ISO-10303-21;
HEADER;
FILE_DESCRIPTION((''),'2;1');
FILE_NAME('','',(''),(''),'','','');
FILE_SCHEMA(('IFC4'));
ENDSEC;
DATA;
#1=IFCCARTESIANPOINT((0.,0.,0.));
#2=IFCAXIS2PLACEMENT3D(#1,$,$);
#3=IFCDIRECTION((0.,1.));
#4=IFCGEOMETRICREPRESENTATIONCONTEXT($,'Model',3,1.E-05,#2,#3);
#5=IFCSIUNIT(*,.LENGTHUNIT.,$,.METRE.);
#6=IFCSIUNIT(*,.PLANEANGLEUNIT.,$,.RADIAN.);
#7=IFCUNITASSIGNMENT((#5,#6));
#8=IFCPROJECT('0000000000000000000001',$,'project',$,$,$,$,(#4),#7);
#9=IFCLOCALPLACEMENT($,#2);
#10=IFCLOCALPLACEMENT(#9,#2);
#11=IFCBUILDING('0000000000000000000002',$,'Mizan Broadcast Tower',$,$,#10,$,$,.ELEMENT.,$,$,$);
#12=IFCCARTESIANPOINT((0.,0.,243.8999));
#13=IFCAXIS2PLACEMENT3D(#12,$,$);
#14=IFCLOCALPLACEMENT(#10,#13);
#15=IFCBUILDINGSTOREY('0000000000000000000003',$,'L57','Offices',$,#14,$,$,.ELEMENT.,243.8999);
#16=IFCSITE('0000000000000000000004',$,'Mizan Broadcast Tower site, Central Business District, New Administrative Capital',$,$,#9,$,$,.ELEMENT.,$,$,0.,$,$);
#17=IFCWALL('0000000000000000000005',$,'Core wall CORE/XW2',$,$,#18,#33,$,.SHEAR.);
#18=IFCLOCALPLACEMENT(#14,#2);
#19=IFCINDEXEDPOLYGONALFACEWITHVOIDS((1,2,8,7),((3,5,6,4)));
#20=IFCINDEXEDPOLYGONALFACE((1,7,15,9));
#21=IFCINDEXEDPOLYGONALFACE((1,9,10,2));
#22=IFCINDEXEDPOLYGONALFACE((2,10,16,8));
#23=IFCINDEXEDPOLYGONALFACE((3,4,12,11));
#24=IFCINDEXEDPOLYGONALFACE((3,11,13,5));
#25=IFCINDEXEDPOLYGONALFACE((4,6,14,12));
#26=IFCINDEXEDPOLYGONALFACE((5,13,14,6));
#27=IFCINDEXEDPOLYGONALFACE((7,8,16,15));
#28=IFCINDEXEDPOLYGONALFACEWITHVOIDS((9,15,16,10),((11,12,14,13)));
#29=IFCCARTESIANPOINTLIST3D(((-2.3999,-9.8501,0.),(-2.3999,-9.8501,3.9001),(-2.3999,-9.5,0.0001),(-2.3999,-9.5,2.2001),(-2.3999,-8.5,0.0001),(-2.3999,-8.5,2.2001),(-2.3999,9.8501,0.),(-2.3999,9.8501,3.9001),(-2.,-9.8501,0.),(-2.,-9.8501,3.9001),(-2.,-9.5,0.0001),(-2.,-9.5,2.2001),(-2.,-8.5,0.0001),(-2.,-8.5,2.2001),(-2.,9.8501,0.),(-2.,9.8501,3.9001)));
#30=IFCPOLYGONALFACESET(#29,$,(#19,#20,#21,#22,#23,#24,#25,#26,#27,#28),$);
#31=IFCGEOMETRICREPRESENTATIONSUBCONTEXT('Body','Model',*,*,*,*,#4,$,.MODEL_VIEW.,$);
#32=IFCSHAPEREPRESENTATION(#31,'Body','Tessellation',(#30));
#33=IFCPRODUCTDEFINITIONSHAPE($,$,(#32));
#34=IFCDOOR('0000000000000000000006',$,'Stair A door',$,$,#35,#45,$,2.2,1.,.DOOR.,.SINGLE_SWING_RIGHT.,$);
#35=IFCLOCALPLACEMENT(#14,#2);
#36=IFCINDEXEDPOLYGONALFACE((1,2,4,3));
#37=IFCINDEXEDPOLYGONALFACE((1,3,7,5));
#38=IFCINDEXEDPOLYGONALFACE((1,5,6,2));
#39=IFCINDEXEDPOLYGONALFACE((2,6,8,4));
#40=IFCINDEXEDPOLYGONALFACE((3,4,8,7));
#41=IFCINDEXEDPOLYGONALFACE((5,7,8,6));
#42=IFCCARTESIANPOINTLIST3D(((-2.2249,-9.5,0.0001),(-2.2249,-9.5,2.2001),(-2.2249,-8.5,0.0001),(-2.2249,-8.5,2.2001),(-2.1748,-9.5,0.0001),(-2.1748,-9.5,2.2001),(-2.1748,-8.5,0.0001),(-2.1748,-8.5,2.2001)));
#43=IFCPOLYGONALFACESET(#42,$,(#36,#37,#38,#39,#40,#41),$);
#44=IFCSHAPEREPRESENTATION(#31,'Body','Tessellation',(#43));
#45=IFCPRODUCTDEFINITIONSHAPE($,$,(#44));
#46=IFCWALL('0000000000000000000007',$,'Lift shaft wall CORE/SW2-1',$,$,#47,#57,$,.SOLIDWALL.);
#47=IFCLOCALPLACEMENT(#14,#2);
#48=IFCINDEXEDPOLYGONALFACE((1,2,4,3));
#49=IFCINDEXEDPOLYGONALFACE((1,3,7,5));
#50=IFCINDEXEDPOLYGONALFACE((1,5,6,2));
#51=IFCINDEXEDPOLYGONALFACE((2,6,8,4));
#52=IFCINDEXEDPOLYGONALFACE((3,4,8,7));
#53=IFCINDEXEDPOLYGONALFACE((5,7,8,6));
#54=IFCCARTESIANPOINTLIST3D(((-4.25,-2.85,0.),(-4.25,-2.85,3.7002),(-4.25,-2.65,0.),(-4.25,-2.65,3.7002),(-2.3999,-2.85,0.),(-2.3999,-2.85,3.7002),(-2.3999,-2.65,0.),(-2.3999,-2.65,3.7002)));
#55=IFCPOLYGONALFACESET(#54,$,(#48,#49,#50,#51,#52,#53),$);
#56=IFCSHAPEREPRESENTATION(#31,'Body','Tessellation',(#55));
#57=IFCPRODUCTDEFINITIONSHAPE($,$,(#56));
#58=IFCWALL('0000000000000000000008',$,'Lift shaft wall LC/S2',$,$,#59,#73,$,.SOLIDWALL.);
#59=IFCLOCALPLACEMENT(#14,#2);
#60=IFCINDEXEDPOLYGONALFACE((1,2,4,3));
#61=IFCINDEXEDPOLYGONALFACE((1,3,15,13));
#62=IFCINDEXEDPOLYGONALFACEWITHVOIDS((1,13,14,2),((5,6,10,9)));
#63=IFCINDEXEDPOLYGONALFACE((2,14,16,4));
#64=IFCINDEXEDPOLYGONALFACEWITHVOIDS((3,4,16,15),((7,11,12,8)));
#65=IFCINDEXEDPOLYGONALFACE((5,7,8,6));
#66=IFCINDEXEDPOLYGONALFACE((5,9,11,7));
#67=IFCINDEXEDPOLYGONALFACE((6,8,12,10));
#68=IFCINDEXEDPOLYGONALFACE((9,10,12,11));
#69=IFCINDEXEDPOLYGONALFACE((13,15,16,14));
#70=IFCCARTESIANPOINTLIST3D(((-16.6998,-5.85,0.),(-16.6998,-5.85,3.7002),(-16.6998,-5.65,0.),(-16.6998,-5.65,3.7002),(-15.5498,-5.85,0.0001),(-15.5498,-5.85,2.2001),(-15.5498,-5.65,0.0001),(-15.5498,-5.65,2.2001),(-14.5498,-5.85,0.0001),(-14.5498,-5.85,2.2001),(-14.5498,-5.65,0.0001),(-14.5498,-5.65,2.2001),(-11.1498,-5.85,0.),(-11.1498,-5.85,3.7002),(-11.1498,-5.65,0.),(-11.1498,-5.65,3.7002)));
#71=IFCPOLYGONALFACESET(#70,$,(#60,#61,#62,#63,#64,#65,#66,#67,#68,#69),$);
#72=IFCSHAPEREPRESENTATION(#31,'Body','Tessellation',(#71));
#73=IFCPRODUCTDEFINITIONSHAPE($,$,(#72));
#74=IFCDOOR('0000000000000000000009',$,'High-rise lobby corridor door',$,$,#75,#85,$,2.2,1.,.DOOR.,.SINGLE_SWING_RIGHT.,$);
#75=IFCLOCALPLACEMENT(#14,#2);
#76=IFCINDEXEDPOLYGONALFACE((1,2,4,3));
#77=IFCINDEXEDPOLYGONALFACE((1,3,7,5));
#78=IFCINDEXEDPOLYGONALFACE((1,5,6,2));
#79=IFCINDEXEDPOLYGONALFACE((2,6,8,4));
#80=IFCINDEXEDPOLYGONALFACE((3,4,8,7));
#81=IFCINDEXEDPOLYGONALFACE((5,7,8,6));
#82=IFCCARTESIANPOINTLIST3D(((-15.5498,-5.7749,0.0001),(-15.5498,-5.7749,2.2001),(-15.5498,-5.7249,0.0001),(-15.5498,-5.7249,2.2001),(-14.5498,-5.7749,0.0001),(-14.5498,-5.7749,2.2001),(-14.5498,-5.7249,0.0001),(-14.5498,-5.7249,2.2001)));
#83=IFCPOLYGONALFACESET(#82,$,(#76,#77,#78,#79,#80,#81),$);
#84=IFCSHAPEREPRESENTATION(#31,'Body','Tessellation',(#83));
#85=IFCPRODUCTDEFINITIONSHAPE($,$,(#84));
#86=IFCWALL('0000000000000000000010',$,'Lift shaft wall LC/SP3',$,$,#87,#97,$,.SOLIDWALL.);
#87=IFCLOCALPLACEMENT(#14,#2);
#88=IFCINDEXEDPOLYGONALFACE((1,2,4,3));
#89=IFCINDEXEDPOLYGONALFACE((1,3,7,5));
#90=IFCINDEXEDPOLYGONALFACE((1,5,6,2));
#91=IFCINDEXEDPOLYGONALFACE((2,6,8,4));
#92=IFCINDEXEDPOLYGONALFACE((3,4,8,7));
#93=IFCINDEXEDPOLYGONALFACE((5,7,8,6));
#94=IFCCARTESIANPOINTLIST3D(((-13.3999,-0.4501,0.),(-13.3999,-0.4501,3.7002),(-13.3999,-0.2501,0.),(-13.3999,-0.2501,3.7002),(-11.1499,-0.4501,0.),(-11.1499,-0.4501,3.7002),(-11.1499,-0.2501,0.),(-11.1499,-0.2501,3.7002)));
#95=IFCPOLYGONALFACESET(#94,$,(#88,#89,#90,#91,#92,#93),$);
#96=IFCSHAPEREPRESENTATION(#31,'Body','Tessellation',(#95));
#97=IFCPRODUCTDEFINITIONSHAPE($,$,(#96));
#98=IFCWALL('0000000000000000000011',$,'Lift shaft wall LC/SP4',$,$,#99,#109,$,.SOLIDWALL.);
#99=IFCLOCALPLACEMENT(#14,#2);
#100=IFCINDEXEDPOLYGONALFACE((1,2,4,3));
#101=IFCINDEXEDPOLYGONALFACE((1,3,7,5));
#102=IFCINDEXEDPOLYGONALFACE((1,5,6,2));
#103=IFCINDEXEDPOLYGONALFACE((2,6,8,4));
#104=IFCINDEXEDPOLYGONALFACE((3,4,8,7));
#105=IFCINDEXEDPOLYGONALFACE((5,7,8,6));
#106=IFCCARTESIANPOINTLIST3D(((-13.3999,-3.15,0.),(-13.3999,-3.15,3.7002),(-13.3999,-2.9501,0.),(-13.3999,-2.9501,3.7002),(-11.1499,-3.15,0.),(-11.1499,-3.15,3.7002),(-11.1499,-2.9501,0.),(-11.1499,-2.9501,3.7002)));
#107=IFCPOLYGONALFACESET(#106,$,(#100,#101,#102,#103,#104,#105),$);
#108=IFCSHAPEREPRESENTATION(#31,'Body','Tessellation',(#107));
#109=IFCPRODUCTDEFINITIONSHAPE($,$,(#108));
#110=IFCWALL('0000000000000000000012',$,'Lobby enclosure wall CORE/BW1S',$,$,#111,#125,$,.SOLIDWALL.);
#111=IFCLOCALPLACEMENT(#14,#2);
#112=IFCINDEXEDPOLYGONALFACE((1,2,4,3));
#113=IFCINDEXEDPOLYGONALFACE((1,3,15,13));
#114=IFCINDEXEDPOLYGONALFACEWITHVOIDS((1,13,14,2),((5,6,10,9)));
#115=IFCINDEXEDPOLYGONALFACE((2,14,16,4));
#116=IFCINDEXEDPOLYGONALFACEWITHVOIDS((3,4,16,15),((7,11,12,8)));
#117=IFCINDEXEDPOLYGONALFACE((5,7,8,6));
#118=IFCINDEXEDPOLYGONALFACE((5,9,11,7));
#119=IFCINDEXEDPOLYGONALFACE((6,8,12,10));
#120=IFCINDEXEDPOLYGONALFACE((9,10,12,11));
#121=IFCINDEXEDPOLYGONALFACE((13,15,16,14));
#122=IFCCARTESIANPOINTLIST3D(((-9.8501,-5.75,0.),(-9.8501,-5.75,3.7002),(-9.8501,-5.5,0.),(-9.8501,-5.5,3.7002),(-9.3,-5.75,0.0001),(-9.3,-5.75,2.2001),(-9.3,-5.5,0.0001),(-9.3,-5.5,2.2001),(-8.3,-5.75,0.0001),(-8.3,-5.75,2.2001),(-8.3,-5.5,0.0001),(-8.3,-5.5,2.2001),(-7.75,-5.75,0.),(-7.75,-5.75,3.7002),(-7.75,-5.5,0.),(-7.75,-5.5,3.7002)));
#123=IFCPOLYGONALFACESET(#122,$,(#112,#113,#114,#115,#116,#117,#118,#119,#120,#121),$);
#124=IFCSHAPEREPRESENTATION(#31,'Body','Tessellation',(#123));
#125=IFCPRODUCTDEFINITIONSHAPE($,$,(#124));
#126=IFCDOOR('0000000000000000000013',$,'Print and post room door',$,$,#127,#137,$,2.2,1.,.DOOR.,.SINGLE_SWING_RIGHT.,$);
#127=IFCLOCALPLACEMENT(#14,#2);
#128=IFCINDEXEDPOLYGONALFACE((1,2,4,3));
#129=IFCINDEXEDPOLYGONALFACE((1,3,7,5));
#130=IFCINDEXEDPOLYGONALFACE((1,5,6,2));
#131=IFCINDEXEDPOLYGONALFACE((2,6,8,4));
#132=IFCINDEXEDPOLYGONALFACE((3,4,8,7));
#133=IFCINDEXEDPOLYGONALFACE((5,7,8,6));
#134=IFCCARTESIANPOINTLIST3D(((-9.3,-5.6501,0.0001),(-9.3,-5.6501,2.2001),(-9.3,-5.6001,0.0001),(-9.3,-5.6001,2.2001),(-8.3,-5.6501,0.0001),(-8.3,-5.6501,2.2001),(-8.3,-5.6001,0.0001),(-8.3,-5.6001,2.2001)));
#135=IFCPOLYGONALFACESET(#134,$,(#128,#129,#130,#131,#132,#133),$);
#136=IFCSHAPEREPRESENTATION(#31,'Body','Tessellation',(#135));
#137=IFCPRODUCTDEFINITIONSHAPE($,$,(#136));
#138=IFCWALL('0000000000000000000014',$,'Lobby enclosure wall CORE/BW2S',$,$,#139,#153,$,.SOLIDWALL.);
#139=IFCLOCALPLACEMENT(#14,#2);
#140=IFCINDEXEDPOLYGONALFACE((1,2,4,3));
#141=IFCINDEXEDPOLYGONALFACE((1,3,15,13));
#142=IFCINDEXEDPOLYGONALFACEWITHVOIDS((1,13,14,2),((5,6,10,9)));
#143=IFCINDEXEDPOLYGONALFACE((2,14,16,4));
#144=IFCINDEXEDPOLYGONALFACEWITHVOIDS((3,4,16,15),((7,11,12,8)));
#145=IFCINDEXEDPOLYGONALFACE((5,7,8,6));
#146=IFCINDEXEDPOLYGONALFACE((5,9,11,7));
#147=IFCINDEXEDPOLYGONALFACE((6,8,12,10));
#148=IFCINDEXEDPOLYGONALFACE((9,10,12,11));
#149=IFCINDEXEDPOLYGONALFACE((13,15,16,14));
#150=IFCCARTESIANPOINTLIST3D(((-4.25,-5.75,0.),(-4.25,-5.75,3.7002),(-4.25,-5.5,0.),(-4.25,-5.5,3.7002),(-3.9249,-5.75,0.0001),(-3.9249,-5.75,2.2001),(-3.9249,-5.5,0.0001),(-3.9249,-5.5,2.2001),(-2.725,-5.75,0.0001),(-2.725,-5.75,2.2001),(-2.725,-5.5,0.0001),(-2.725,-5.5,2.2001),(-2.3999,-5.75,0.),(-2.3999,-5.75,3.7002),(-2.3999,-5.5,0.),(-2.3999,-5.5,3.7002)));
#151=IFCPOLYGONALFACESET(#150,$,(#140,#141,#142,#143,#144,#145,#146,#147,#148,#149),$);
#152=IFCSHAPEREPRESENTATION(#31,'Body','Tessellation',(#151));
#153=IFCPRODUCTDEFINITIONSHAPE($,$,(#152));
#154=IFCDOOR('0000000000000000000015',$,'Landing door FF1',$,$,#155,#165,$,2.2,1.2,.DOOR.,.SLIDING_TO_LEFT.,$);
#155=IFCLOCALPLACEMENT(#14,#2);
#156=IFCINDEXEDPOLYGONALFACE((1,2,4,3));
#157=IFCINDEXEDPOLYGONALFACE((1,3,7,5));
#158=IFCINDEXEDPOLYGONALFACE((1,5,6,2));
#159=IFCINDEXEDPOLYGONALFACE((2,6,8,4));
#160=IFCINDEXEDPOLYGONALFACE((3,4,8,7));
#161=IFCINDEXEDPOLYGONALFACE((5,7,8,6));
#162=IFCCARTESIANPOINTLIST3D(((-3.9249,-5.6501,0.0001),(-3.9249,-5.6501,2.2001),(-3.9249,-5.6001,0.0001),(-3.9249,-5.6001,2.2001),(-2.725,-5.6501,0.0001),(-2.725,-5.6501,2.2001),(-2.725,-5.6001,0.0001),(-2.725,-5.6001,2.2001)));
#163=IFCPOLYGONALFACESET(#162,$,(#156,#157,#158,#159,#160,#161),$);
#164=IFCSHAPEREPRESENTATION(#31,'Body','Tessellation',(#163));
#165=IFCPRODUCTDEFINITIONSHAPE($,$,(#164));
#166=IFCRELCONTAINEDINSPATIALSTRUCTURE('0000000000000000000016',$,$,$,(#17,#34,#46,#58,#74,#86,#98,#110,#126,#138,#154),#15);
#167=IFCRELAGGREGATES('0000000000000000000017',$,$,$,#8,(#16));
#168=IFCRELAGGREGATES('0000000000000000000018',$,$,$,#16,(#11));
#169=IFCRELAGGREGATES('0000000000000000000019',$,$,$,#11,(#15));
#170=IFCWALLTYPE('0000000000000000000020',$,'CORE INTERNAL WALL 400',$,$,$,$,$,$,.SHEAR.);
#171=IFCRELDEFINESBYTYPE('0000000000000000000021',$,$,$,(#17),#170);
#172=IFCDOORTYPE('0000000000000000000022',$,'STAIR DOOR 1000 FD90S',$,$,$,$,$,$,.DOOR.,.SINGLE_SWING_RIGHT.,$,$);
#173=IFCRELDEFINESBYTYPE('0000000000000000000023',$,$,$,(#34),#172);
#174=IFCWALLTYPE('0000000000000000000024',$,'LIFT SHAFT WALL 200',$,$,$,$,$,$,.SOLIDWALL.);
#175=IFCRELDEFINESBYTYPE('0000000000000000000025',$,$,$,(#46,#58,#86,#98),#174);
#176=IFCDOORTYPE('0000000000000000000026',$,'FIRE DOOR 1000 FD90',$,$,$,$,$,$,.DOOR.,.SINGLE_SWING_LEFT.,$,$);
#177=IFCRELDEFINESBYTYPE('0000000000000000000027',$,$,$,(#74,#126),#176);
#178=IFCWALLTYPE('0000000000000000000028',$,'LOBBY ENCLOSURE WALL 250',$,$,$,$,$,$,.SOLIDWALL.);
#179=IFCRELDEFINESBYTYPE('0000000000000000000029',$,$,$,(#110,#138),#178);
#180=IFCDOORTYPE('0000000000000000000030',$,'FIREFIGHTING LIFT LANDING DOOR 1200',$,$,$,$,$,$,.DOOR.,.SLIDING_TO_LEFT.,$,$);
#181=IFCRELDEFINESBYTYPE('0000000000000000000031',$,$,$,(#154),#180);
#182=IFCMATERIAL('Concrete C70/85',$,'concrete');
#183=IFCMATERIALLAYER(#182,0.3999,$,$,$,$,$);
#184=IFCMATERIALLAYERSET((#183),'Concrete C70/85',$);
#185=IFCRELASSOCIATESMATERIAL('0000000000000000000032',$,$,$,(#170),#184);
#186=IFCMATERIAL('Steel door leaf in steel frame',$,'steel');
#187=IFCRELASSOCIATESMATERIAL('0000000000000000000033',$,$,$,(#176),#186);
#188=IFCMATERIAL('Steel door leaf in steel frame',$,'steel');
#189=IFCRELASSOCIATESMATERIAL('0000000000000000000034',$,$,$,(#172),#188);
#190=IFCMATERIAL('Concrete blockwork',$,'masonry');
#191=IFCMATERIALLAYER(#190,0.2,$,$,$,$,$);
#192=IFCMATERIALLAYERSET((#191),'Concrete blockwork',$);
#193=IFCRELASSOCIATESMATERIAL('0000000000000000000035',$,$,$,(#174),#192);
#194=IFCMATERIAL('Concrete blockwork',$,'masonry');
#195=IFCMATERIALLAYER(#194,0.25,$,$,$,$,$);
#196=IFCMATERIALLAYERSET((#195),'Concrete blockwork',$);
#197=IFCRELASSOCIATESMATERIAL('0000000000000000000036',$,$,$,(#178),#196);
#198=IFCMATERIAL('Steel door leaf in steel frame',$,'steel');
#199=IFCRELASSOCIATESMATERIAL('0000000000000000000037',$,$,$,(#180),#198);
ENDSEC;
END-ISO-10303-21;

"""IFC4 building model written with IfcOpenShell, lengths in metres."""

from ifc_helpers import new_model, si_unit, direction, frame, frame_2d, origin, place, context, subcontext, project, spatial, rectangle, extrude, material, layer, layer_set, type_object, element, fill, save


model = new_model("IFC4")

# Units and contexts
model_context = context("Model", 3, precision=1e-05, world=origin(), true_north=direction((0.0, 1.0)))
body_context = subcontext(model_context, "Body", "Model", "MODEL_VIEW")
ifc_project = project(units=[si_unit("LENGTHUNIT", "METRE"), si_unit("PLANEANGLEUNIT", "RADIAN")], contexts=[model_context])

# Site, building, storey
site_placement = place(None, origin())
site = spatial("IfcSite", under=ifc_project, at=site_placement, Name="Mizan Broadcast Tower site, Central Business District, New Administrative Capital", CompositionType="ELEMENT", RefElevation=0.0)
building_placement = place(site_placement, origin())
building = spatial("IfcBuilding", under=site, at=building_placement, Name="Mizan Broadcast Tower", CompositionType="ELEMENT")
storey_placement = place(building_placement, frame((0.0, 0.0, 243.8999)))
storey = spatial("IfcBuildingStorey", under=building, at=storey_placement, Name="L57", Description="Offices", CompositionType="ELEMENT", Elevation=243.8999)

# Shared definitions
ifc_material_1 = material(Name="Concrete C70/85", Category="concrete")
ifc_layer_1 = layer(ifc_material_1, 0.3999)
ifc_layer_set_1 = layer_set([ifc_layer_1], Name="Concrete C70/85")
wall_type_1 = type_object("IfcWallType", Name="CORE INTERNAL WALL 400", PredefinedType="SHEAR", material=ifc_layer_set_1)
ifc_material_2 = material(Name="Steel door leaf in steel frame", Category="steel")
door_type_1 = type_object("IfcDoorType", Name="FIRE DOOR 1000 FD90", OperationType="SINGLE_SWING_LEFT", PredefinedType="DOOR", material=ifc_material_2)

# Wall, opening, door
wall_1_placement = place(storey_placement, frame((-2.2, -9.8501, 0.0), z_axis=(0.0, 0.0, 1.0), x_axis=(0.0, 1.0, 0.0)))
wall_1 = element("IfcWall", 1, at=wall_1_placement, inside=storey, type_object=wall_type_1, Name="Core wall CORE/XW2", PredefinedType="SHEAR", context=body_context, shape_type="SweptSolid", body=[
    extrude(rectangle(XDim=19.7002, YDim=0.3999, at=frame_2d((9.8501, 0.0))), origin(), (0.0, 0.0, 1.0), 3.9001),
])
opening_1_placement = place(wall_1_placement, frame((0.3501, 0.0, 0.0)))
opening_1 = element("IfcOpeningElement", 2, at=opening_1_placement, cuts=wall_1, PredefinedType="OPENING", context=body_context, shape_type="SweptSolid", body=[
    extrude(rectangle(XDim=1.0, YDim=2.2, at=frame_2d((0.5, 1.1001))), frame((0.0, 0.21, 0.0), z_axis=(0.0, -1.0, 0.0), x_axis=(1.0, 0.0, 0.0)), (0.0, 0.0, 1.0), 0.4199),
])
ifc_material_3 = material(Name="Steel door leaf in steel frame", Category="steel")
door_type_2 = type_object("IfcDoorType", Name="STAIR DOOR 1000 FD90S", OperationType="SINGLE_SWING_RIGHT", PredefinedType="DOOR", material=ifc_material_3)
door_1_placement = place(opening_1_placement, origin())
door_1 = element("IfcDoor", 3, at=door_1_placement, inside=storey, type_object=door_type_2, Name="Stair A door", OperationType="SINGLE_SWING_RIGHT", OverallHeight=2.2, OverallWidth=1.0, PredefinedType="DOOR", context=body_context, shape_type="SweptSolid", body=[
    extrude(rectangle(XDim=1.0, YDim=2.2, at=frame_2d((0.5, 1.1001))), frame((0.0, 0.0249, 0.0), z_axis=(0.0, -1.0, 0.0), x_axis=(1.0, 0.0, 0.0)), (0.0, 0.0, 1.0), 0.05),
])
fill(opening_1, door_1)

# Wall
ifc_material_4 = material(Name="Concrete blockwork", Category="masonry")
ifc_layer_2 = layer(ifc_material_4, 0.2)
ifc_layer_set_2 = layer_set([ifc_layer_2], Name="Concrete blockwork")
wall_type_2 = type_object("IfcWallType", Name="LIFT SHAFT WALL 200", PredefinedType="SOLIDWALL", material=ifc_layer_set_2)
wall_2_placement = place(storey_placement, frame((-4.25, -2.75, 0.0), z_axis=(0.0, 0.0, 1.0), x_axis=(1.0, 0.0, 0.0)))
element("IfcWall", 4, at=wall_2_placement, inside=storey, type_object=wall_type_2, Name="Lift shaft wall CORE/SW2-1", PredefinedType="SOLIDWALL", context=body_context, shape_type="SweptSolid", body=[
    extrude(rectangle(XDim=1.8501, YDim=0.2, at=frame_2d((0.925, 0.0))), origin(), (0.0, 0.0, 1.0), 3.7002),
])

# Wall, opening, door
wall_3_placement = place(storey_placement, frame((-11.1499, -5.75, 0.0), z_axis=(0.0, 0.0, 1.0), x_axis=(-1.0, 0.0, 0.0)))
wall_3 = element("IfcWall", 5, at=wall_3_placement, inside=storey, type_object=wall_type_2, Name="Lift shaft wall LC/S2", PredefinedType="SOLIDWALL", context=body_context, shape_type="SweptSolid", body=[
    extrude(rectangle(XDim=5.55, YDim=0.2, at=frame_2d((2.7749, 0.0))), origin(), (0.0, 0.0, 1.0), 3.7002),
])
opening_2_placement = place(wall_3_placement, frame((3.3999, 0.0, 0.0)))
opening_2 = element("IfcOpeningElement", 6, at=opening_2_placement, cuts=wall_3, PredefinedType="OPENING", context=body_context, shape_type="SweptSolid", body=[
    extrude(rectangle(XDim=1.0, YDim=2.2, at=frame_2d((0.5, 1.1001))), frame((0.0, 0.1099, 0.0), z_axis=(0.0, -1.0, 0.0), x_axis=(1.0, 0.0, 0.0)), (0.0, 0.0, 1.0), 0.22),
])
door_2_placement = place(opening_2_placement, origin())
door_2 = element("IfcDoor", 7, at=door_2_placement, inside=storey, type_object=door_type_1, Name="High-rise lobby corridor door", OperationType="SINGLE_SWING_RIGHT", OverallHeight=2.2, OverallWidth=1.0, PredefinedType="DOOR", context=body_context, shape_type="SweptSolid", body=[
    extrude(rectangle(XDim=1.0, YDim=2.2, at=frame_2d((0.5, 1.1001))), frame((0.0, 0.0249, 0.0), z_axis=(0.0, -1.0, 0.0), x_axis=(1.0, 0.0, 0.0)), (0.0, 0.0, 1.0), 0.05),
])
fill(opening_2, door_2)

# Walls
for number, where, z_axis, x_axis, name in (
    (8, (-11.1499, -0.3501, 0.0), (0.0, 0.0, 1.0), (-1.0, 0.0, 0.0), "Lift shaft wall LC/SP3"),
    (9, (-11.1499, -3.05, 0.0), (0.0, 0.0, 1.0), (-1.0, 0.0, 0.0), "Lift shaft wall LC/SP4"),
):
    element("IfcWall", number, at=place(storey_placement, frame(where, z_axis=z_axis, x_axis=x_axis)), inside=storey, type_object=wall_type_2, Name=name, PredefinedType="SOLIDWALL", context=body_context, shape_type="SweptSolid", body=[
        extrude(rectangle(XDim=2.25, YDim=0.2, at=frame_2d((1.125, 0.0))), origin(), (0.0, 0.0, 1.0), 3.7002),
    ])

# Walls, openings, doors
ifc_material_5 = material(Name="Concrete blockwork", Category="masonry")
ifc_layer_3 = layer(ifc_material_5, 0.25)
ifc_layer_set_3 = layer_set([ifc_layer_3], Name="Concrete blockwork")
wall_type_3 = type_object("IfcWallType", Name="LOBBY ENCLOSURE WALL 250", PredefinedType="SOLIDWALL", material=ifc_layer_set_3)
wall_4_placement = place(storey_placement, frame((-9.8501, -5.625, 0.0), z_axis=(0.0, 0.0, 1.0), x_axis=(1.0, 0.0, 0.0)))
wall_4 = element("IfcWall", 10, at=wall_4_placement, inside=storey, type_object=wall_type_3, Name="Lobby enclosure wall CORE/BW1S", PredefinedType="SOLIDWALL", context=body_context, shape_type="SweptSolid", body=[
    extrude(rectangle(XDim=2.1001, YDim=0.25, at=frame_2d((1.05, 0.0))), origin(), (0.0, 0.0, 1.0), 3.7002),
])
opening_3_placement = place(wall_4_placement, frame((0.55, 0.0, 0.0)))
opening_3 = element("IfcOpeningElement", 11, at=opening_3_placement, cuts=wall_4, PredefinedType="OPENING", context=body_context, shape_type="SweptSolid", body=[
    extrude(rectangle(XDim=1.0, YDim=2.2, at=frame_2d((0.5, 1.1001))), frame((0.0, 0.135, 0.0), z_axis=(0.0, -1.0, 0.0), x_axis=(1.0, 0.0, 0.0)), (0.0, 0.0, 1.0), 0.27),
])
door_3_placement = place(opening_3_placement, origin())
door_3 = element("IfcDoor", 12, at=door_3_placement, inside=storey, type_object=door_type_1, Name="Print and post room door", OperationType="SINGLE_SWING_RIGHT", OverallHeight=2.2, OverallWidth=1.0, PredefinedType="DOOR", context=body_context, shape_type="SweptSolid", body=[
    extrude(rectangle(XDim=1.0, YDim=2.2, at=frame_2d((0.5, 1.1001))), frame((0.0, 0.0249, 0.0), z_axis=(0.0, -1.0, 0.0), x_axis=(1.0, 0.0, 0.0)), (0.0, 0.0, 1.0), 0.05),
])
fill(opening_3, door_3)
wall_5_placement = place(storey_placement, frame((-4.25, -5.625, 0.0), z_axis=(0.0, 0.0, 1.0), x_axis=(1.0, 0.0, 0.0)))
wall_5 = element("IfcWall", 13, at=wall_5_placement, inside=storey, type_object=wall_type_3, Name="Lobby enclosure wall CORE/BW2S", PredefinedType="SOLIDWALL", context=body_context, shape_type="SweptSolid", body=[
    extrude(rectangle(XDim=1.8501, YDim=0.25, at=frame_2d((0.925, 0.0))), origin(), (0.0, 0.0, 1.0), 3.7002),
])
opening_4_placement = place(wall_5_placement, frame((0.325, 0.0, 0.0)))
opening_4 = element("IfcOpeningElement", 14, at=opening_4_placement, cuts=wall_5, PredefinedType="OPENING", context=body_context, shape_type="SweptSolid", body=[
    extrude(rectangle(XDim=1.2, YDim=2.2, at=frame_2d((0.6001, 1.1001))), frame((0.0, 0.135, 0.0), z_axis=(0.0, -1.0, 0.0), x_axis=(1.0, 0.0, 0.0)), (0.0, 0.0, 1.0), 0.27),
])
ifc_material_6 = material(Name="Steel door leaf in steel frame", Category="steel")
door_type_3 = type_object("IfcDoorType", Name="FIREFIGHTING LIFT LANDING DOOR 1200", OperationType="SLIDING_TO_LEFT", PredefinedType="DOOR", material=ifc_material_6)
door_4_placement = place(opening_4_placement, origin())
door_4 = element("IfcDoor", 15, at=door_4_placement, inside=storey, type_object=door_type_3, Name="Landing door FF1", OperationType="SLIDING_TO_LEFT", OverallHeight=2.2, OverallWidth=1.2, PredefinedType="DOOR", context=body_context, shape_type="SweptSolid", body=[
    extrude(rectangle(XDim=1.2, YDim=2.2, at=frame_2d((0.6001, 1.1001))), frame((0.0, 0.0249, 0.0), z_axis=(0.0, -1.0, 0.0), x_axis=(1.0, 0.0, 0.0)), (0.0, 0.0, 1.0), 0.05),
])
fill(opening_4, door_4)

save(model, "model.ifc")
